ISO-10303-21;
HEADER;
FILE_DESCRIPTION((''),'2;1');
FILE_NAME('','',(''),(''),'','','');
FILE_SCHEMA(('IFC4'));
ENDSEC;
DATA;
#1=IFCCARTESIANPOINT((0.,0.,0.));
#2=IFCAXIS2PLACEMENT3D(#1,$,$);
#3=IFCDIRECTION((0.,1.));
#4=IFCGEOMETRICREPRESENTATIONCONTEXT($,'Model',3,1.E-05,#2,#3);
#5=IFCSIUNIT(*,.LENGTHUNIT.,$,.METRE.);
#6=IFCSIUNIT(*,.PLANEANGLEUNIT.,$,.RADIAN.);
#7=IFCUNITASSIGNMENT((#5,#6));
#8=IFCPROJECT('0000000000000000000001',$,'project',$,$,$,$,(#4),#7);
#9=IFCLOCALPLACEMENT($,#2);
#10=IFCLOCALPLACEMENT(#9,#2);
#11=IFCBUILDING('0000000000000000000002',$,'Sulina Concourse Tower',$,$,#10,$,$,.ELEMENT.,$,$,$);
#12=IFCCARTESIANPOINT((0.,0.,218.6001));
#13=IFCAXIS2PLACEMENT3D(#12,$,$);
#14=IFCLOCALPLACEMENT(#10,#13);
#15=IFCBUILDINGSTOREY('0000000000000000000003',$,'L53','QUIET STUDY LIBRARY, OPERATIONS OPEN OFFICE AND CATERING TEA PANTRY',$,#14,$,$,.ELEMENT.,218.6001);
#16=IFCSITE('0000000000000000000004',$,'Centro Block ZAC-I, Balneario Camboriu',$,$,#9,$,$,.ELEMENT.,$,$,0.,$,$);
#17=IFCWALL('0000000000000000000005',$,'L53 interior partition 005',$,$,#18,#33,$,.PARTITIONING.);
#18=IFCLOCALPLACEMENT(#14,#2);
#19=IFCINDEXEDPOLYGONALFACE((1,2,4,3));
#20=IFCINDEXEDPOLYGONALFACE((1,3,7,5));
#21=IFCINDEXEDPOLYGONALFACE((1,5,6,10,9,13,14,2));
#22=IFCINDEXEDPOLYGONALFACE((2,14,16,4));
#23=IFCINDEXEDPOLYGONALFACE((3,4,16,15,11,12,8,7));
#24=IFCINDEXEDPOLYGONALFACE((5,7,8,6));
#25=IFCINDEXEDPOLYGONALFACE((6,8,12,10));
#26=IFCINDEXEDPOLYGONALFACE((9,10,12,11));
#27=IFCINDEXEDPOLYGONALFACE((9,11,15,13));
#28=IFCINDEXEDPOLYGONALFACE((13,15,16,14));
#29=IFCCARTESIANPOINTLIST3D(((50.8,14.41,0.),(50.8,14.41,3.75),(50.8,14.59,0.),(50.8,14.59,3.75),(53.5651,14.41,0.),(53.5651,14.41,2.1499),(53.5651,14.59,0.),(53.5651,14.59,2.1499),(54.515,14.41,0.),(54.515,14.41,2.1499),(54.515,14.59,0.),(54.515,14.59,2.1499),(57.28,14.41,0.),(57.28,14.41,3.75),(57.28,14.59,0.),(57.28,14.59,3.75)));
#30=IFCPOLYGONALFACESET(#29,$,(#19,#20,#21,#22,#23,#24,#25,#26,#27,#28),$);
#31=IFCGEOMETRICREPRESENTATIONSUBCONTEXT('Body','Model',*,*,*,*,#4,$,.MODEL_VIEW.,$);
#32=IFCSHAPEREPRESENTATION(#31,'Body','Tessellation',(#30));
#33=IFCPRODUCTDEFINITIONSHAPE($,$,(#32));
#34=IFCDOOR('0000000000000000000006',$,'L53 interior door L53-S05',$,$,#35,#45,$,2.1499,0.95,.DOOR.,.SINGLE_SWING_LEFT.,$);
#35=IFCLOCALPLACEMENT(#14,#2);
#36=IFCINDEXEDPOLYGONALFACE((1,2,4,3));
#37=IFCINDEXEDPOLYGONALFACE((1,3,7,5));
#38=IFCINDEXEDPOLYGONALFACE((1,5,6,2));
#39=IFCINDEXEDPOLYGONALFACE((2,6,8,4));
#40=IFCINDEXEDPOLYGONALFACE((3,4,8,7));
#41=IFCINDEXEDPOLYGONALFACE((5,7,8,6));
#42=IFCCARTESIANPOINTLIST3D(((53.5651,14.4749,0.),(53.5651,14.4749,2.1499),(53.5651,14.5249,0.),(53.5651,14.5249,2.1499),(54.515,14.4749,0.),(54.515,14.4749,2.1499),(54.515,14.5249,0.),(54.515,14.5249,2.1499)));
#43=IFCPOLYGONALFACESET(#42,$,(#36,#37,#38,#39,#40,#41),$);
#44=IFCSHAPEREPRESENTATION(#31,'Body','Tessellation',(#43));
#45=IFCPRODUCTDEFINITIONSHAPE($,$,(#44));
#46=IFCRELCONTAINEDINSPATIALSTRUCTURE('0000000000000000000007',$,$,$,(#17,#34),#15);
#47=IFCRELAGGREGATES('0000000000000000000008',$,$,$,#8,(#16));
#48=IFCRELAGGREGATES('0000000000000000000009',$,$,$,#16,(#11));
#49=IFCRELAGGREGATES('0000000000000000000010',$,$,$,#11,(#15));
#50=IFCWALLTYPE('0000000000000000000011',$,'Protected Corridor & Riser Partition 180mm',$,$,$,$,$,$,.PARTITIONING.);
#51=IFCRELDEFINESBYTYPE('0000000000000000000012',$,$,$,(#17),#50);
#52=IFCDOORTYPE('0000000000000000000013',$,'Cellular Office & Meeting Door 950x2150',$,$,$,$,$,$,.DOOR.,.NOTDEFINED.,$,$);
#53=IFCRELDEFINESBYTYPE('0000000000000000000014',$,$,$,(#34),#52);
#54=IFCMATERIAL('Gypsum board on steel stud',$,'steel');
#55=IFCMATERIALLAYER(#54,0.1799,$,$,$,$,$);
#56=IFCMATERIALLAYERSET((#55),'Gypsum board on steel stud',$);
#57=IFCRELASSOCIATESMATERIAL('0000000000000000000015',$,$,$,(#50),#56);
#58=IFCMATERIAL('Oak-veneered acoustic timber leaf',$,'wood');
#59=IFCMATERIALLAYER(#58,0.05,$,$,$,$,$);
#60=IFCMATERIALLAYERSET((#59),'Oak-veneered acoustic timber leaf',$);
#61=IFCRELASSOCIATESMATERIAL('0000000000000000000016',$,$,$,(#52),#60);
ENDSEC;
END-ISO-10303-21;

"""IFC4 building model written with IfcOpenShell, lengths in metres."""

from ifc_helpers import new_model, si_unit, direction, frame, frame_2d, origin, place, context, subcontext, project, spatial, rectangle, extrude, material, layer, layer_set, type_object, element, fill, save


model = new_model("IFC4")

# Units and contexts
model_context = context("Model", 3, precision=1e-05, world=origin(), true_north=direction((0.0, 1.0)))
body_context = subcontext(model_context, "Body", "Model", "MODEL_VIEW")
ifc_project = project(units=[si_unit("LENGTHUNIT", "METRE"), si_unit("PLANEANGLEUNIT", "RADIAN")], contexts=[model_context])

# Site, building, storey
site_placement = place(None, origin())
site = spatial("IfcSite", under=ifc_project, at=site_placement, Name="Centro Block ZAC-I, Balneario Camboriu", CompositionType="ELEMENT", RefElevation=0.0)
building_placement = place(site_placement, origin())
building = spatial("IfcBuilding", under=site, at=building_placement, Name="Sulina Concourse Tower", CompositionType="ELEMENT")
storey_placement = place(building_placement, frame((0.0, 0.0, 218.6001)))
storey = spatial("IfcBuildingStorey", under=building, at=storey_placement, Name="L53", Description="QUIET STUDY LIBRARY, OPERATIONS OPEN OFFICE AND CATERING TEA PANTRY", CompositionType="ELEMENT", Elevation=218.6001)

# Wall, opening, door
ifc_material_1 = material(Name="Gypsum board on steel stud", Category="steel")
ifc_layer_1 = layer(ifc_material_1, 0.1799)
ifc_layer_set_1 = layer_set([ifc_layer_1], Name="Gypsum board on steel stud")
wall_type_1 = type_object("IfcWallType", Name="Protected Corridor & Riser Partition 180mm", PredefinedType="PARTITIONING", material=ifc_layer_set_1)
wall_1_placement = place(storey_placement, frame((50.8, 14.5, 0.0), z_axis=(0.0, 0.0, 1.0), x_axis=(1.0, 0.0, 0.0)))
wall_1 = element("IfcWall", 1, at=wall_1_placement, inside=storey, type_object=wall_type_1, Name="L53 interior partition 005", PredefinedType="PARTITIONING", context=body_context, shape_type="SweptSolid", body=[
    extrude(rectangle(XDim=6.48, YDim=0.1799, at=frame_2d((3.24, 0.0))), origin(), (0.0, 0.0, 1.0), 3.75),
])
opening_1_placement = place(wall_1_placement, frame((2.7649, 0.0, 0.0)))
opening_1 = element("IfcOpeningElement", 2, at=opening_1_placement, cuts=wall_1, PredefinedType="OPENING", context=body_context, shape_type="SweptSolid", body=[
    extrude(rectangle(XDim=0.95, YDim=2.1499, at=frame_2d((0.4751, 1.075))), frame((0.0, 0.0999, 0.0), z_axis=(0.0, -1.0, 0.0), x_axis=(1.0, 0.0, 0.0)), (0.0, 0.0, 1.0), 0.2),
])
ifc_material_2 = material(Name="Oak-veneered acoustic timber leaf", Category="wood")
ifc_layer_2 = layer(ifc_material_2, 0.05)
ifc_layer_set_2 = layer_set([ifc_layer_2], Name="Oak-veneered acoustic timber leaf")
door_type = type_object("IfcDoorType", Name="Cellular Office & Meeting Door 950x2150", OperationType="NOTDEFINED", PredefinedType="DOOR", material=ifc_layer_set_2)
door_placement = place(opening_1_placement, origin())
door = element("IfcDoor", 3, at=door_placement, inside=storey, type_object=door_type, Name="L53 interior door L53-S05", OperationType="SINGLE_SWING_LEFT", OverallHeight=2.1499, OverallWidth=0.95, PredefinedType="DOOR", context=body_context, shape_type="SweptSolid", body=[
    extrude(rectangle(XDim=0.95, YDim=2.1499, at=frame_2d((0.4751, 1.075))), frame((0.0, 0.0249, 0.0), z_axis=(0.0, -1.0, 0.0), x_axis=(1.0, 0.0, 0.0)), (0.0, 0.0, 1.0), 0.05),
])
fill(opening_1, door)

save(model, "model.ifc")
